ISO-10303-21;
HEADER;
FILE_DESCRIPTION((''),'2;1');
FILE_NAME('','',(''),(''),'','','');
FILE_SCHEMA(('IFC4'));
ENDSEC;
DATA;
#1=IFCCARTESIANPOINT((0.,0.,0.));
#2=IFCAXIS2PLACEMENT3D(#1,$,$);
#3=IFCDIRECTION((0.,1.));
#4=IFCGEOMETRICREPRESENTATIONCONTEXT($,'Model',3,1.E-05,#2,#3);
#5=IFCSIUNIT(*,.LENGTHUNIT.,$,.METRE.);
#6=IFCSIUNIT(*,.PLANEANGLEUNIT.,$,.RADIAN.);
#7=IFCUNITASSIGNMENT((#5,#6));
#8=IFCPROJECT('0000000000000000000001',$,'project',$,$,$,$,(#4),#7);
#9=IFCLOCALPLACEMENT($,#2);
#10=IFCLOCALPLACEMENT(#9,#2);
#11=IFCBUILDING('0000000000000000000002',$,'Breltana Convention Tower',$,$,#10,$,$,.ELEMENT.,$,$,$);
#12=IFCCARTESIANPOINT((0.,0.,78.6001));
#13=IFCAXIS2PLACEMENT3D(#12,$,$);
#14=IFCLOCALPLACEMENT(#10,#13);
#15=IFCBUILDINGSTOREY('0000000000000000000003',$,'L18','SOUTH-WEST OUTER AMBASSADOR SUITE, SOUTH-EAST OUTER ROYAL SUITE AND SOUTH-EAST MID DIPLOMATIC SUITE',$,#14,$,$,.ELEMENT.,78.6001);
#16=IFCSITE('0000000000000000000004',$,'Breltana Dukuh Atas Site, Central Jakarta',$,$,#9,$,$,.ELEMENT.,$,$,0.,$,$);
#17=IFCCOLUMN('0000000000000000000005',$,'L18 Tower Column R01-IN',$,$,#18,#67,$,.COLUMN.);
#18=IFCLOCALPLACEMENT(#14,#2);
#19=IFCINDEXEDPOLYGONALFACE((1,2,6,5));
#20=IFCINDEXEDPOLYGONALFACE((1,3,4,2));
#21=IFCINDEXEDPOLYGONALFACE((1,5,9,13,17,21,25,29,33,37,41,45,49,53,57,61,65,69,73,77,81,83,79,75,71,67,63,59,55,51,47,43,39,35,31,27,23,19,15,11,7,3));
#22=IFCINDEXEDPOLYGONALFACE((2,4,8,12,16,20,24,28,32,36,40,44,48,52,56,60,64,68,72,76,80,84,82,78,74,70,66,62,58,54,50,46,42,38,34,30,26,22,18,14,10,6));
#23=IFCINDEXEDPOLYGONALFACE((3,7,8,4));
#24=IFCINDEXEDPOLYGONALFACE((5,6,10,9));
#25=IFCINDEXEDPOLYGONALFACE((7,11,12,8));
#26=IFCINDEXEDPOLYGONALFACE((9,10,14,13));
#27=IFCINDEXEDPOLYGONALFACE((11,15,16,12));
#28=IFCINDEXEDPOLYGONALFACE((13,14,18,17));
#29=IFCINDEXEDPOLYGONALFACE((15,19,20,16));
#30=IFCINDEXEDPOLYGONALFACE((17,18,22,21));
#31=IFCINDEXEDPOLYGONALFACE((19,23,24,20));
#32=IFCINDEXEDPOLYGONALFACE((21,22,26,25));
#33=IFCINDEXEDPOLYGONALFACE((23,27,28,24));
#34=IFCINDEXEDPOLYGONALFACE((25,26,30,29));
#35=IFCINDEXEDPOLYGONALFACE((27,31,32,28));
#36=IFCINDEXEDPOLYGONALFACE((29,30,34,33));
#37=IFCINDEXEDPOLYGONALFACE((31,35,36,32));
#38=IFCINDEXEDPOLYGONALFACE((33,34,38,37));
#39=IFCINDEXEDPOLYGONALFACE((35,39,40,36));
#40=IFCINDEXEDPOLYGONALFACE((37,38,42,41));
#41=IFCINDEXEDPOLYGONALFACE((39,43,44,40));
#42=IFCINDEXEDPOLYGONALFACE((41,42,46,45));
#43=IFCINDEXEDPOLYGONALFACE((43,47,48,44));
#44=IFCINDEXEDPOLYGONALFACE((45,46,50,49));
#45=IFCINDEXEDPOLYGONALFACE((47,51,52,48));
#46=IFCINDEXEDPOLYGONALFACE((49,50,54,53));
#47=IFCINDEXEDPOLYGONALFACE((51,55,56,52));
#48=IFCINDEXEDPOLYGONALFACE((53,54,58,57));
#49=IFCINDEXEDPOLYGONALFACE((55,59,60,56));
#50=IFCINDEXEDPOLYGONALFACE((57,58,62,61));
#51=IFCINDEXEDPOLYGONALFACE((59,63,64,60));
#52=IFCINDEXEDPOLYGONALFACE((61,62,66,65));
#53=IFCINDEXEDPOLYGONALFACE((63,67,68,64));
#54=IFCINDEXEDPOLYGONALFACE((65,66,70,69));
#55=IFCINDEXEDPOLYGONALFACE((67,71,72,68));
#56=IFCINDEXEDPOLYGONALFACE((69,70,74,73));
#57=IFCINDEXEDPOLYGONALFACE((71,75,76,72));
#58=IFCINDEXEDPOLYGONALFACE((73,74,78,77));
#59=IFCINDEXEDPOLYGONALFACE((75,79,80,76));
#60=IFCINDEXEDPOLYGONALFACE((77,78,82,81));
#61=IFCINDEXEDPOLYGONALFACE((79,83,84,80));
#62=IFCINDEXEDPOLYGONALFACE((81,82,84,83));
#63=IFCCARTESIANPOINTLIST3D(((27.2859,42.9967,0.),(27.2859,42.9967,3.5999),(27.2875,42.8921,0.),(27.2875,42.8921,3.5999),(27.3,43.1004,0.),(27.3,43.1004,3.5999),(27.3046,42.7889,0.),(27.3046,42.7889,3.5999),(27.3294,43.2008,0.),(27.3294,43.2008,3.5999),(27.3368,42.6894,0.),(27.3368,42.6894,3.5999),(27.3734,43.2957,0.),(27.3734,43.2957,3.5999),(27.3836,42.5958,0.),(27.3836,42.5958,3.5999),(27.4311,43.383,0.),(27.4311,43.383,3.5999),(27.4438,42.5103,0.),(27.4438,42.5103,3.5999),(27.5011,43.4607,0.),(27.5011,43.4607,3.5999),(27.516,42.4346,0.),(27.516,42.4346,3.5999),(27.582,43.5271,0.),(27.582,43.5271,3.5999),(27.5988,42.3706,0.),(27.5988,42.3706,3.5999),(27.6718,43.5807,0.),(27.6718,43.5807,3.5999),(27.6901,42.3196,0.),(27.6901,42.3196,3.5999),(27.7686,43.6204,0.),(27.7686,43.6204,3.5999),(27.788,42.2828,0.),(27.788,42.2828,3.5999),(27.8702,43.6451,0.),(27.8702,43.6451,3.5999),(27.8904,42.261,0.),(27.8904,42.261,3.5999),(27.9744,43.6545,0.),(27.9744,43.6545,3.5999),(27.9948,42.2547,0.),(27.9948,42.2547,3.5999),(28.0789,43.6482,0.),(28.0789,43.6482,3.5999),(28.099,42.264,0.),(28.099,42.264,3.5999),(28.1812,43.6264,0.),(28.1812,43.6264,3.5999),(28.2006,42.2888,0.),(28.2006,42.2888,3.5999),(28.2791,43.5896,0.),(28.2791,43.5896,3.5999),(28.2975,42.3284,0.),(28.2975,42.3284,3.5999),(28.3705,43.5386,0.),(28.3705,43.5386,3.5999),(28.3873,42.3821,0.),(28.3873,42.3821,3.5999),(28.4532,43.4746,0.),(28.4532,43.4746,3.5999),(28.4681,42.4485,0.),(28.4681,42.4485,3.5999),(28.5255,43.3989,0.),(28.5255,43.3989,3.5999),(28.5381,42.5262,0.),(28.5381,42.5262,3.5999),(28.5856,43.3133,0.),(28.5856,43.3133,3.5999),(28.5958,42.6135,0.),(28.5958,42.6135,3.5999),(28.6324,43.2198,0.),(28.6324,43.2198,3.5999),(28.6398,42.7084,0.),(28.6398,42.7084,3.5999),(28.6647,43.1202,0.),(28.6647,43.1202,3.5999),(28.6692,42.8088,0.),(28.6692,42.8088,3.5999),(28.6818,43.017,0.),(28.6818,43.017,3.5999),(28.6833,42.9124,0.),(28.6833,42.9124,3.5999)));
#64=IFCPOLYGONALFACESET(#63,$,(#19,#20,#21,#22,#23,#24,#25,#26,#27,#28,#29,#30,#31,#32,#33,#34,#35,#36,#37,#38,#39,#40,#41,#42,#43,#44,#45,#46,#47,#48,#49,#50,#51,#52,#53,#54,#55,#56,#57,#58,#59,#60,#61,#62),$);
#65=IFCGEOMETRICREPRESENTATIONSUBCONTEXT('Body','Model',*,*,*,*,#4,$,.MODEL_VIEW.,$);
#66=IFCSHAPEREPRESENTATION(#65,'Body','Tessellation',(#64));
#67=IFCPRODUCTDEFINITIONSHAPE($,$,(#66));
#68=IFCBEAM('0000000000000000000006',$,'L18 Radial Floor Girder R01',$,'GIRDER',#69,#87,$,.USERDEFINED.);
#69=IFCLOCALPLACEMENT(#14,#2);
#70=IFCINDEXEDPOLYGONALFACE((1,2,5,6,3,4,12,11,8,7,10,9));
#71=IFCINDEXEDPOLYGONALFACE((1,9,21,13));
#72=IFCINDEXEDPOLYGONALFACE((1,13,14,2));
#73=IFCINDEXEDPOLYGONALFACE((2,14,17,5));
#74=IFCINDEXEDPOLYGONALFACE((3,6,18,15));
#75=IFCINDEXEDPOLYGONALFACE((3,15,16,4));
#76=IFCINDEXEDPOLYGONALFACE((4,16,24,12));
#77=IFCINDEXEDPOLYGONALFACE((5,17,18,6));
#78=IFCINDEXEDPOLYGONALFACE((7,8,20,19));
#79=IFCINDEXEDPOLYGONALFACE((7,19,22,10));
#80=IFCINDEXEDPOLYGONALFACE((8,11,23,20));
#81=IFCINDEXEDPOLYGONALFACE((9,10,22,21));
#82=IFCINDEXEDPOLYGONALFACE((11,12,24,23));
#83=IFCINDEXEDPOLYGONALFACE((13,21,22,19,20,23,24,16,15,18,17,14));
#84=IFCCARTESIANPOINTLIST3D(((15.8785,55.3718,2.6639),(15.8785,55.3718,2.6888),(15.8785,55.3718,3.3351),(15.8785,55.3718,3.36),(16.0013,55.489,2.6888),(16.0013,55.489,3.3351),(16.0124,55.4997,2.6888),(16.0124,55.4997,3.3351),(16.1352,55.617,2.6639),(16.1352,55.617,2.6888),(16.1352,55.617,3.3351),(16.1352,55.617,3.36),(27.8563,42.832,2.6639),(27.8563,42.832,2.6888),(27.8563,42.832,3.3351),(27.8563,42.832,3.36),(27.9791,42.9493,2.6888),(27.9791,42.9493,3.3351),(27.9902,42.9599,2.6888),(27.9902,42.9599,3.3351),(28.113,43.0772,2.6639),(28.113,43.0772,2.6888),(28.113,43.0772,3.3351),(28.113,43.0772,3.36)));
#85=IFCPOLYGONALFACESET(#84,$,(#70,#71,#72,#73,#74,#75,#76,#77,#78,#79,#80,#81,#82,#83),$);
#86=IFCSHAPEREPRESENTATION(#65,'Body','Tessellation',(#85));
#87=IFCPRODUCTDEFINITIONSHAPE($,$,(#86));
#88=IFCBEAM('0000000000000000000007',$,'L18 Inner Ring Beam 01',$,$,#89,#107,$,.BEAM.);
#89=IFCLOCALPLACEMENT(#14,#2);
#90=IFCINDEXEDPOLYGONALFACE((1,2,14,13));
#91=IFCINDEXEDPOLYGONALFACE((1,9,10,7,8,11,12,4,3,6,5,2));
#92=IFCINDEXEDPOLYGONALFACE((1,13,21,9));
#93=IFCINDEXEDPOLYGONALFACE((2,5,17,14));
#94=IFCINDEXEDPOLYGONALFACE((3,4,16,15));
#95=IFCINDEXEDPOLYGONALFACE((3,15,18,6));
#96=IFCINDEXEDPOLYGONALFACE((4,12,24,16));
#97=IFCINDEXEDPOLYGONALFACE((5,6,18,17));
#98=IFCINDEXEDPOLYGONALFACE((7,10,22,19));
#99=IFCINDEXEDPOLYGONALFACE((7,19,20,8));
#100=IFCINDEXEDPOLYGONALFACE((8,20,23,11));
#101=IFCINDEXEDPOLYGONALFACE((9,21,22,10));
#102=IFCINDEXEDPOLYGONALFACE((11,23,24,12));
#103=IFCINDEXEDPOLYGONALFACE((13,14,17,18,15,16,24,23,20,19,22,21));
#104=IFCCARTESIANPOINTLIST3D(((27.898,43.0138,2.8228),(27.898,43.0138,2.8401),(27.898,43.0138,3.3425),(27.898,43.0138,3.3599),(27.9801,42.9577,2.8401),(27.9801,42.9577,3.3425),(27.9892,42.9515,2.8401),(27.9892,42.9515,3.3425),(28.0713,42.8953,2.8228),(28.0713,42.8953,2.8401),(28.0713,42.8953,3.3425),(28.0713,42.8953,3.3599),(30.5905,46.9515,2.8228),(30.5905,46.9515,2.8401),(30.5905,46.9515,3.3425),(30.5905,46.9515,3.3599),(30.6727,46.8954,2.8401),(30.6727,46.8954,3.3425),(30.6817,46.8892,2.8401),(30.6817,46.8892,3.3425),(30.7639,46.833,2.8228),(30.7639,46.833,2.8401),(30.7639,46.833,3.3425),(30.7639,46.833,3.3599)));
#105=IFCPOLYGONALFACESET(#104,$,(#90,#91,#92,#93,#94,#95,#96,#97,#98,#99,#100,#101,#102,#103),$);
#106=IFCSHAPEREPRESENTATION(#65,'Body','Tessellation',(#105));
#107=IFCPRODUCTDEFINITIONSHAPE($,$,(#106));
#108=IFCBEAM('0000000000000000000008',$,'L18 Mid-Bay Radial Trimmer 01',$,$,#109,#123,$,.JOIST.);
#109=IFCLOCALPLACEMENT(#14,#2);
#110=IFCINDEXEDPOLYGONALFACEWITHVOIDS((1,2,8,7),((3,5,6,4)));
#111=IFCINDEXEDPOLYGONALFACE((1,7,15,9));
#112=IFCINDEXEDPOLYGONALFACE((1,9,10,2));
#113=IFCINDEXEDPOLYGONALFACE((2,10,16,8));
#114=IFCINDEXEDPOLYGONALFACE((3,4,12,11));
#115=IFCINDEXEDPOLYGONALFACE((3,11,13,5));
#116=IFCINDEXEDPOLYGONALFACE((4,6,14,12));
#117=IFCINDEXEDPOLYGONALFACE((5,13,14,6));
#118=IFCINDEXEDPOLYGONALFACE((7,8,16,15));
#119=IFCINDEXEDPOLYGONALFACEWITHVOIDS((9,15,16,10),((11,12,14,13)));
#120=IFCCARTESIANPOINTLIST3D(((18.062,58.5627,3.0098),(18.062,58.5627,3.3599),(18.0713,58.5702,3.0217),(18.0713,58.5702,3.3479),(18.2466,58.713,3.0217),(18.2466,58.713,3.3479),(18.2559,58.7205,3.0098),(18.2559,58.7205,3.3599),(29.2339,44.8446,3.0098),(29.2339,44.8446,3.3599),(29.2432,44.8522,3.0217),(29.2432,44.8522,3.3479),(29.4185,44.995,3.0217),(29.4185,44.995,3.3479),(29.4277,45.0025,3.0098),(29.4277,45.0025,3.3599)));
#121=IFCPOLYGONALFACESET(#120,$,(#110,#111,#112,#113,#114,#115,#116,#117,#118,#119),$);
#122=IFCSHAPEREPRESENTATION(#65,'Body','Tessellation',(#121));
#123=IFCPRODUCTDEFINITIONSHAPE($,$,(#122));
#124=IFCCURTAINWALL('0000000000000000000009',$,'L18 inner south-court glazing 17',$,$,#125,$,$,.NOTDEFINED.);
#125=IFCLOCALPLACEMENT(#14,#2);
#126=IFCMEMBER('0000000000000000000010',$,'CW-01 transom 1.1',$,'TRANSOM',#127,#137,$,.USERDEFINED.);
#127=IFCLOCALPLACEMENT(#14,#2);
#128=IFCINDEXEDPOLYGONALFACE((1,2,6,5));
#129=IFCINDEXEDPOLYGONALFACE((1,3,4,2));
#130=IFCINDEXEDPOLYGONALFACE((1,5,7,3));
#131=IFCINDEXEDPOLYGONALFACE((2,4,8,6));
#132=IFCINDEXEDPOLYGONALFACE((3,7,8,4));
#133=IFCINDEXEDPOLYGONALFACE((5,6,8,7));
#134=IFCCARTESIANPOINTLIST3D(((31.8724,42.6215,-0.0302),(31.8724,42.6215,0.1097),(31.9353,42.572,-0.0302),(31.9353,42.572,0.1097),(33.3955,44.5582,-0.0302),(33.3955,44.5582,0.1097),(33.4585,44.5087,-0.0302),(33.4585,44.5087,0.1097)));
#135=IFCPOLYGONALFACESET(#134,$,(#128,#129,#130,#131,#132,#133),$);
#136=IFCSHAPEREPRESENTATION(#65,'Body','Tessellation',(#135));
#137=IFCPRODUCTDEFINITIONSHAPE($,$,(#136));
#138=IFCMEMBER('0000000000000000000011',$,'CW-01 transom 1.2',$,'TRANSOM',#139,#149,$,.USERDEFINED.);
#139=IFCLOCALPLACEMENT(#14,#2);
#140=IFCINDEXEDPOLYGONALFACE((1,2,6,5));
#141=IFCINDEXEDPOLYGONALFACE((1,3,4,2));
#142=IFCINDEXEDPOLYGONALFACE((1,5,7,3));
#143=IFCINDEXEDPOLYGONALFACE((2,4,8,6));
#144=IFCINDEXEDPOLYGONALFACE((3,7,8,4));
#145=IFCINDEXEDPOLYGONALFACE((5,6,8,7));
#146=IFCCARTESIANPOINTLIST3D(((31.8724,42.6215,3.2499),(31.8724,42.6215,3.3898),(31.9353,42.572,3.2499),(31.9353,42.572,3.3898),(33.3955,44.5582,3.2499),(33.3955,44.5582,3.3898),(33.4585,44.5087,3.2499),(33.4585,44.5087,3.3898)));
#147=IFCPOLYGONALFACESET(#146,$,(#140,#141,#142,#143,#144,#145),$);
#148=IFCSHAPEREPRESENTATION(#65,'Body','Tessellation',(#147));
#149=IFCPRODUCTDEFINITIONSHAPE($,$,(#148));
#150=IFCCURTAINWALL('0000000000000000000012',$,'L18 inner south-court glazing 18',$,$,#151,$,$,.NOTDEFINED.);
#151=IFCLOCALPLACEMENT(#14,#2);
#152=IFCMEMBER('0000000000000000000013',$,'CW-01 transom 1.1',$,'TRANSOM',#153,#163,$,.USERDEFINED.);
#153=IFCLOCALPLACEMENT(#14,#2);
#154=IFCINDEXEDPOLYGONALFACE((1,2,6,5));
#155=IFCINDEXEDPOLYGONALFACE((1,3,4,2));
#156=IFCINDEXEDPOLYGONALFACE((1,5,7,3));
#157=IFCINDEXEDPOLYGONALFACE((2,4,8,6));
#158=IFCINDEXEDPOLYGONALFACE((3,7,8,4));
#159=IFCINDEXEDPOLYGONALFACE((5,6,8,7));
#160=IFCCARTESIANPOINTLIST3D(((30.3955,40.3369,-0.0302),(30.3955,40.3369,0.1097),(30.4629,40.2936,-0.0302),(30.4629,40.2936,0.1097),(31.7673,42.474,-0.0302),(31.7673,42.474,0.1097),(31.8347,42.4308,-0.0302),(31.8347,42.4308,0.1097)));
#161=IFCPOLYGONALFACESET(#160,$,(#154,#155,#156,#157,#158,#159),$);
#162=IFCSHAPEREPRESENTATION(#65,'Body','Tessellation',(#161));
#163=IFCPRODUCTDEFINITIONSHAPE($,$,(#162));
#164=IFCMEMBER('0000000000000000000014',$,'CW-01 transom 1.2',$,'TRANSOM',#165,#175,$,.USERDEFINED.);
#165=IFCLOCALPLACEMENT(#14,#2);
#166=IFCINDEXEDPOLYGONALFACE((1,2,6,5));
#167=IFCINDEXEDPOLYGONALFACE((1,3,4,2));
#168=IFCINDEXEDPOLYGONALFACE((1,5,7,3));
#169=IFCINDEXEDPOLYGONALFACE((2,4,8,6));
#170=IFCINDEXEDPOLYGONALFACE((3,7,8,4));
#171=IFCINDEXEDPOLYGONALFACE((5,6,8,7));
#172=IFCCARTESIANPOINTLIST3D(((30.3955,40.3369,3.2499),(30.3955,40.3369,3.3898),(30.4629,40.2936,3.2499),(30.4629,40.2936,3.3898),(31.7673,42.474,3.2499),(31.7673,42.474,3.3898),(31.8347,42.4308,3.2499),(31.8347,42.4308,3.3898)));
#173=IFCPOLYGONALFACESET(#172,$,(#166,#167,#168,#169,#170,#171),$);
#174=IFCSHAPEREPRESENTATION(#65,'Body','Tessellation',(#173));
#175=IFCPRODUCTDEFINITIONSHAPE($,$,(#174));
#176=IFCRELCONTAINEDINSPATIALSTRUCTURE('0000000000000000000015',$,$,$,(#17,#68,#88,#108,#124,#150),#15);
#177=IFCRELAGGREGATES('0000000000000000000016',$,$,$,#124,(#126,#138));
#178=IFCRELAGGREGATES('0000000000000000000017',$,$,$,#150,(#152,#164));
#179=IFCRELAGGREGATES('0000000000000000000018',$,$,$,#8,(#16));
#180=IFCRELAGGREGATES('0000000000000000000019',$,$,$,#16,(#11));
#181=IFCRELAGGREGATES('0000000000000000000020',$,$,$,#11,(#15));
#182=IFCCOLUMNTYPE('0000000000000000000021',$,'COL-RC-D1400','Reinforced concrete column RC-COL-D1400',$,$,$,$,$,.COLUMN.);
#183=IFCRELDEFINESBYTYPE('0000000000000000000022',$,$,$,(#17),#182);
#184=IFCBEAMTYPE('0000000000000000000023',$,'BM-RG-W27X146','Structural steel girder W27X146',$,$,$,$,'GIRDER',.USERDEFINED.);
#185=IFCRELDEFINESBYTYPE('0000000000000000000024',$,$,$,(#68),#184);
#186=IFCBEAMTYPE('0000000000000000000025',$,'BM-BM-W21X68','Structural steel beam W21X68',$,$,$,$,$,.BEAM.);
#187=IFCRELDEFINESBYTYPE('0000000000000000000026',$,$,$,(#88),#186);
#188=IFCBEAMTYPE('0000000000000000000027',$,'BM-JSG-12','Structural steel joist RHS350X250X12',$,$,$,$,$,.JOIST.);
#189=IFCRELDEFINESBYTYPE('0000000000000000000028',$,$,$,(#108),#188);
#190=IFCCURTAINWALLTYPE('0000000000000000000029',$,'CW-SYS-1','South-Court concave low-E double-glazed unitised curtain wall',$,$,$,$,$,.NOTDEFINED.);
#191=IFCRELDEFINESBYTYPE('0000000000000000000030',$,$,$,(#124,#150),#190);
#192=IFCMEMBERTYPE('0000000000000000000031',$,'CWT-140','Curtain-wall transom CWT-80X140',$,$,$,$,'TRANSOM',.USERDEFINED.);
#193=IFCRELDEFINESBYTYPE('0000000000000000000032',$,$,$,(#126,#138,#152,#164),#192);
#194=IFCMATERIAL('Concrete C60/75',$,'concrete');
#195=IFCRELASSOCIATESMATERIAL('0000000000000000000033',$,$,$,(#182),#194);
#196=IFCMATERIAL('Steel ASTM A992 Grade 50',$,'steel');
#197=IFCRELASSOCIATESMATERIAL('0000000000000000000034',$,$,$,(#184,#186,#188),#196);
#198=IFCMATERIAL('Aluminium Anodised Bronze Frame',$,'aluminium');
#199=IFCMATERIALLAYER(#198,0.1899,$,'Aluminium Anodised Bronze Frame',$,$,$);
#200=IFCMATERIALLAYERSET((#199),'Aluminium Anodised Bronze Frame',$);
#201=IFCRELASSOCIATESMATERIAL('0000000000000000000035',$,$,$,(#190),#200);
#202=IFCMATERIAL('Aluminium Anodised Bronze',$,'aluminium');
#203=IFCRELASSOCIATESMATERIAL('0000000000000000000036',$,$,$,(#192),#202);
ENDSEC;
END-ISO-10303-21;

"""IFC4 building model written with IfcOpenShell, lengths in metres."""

from ifc_helpers import new_model, si_unit, direction, frame, origin, origin_2d, place, context, subcontext, project, spatial, rectangle, hollow_rectangle, circle, i_section, extrude, source, transform, mapped, material, layer, layer_set, material_profile, profile_set, type_object, type_shapes, element, aggregate, save


model = new_model("IFC4")

# Units and contexts
model_context = context("Model", 3, precision=1e-05, world=origin(), true_north=direction((0.0, 1.0)))
body_context = subcontext(model_context, "Body", "Model", "MODEL_VIEW")
ifc_project = project(units=[si_unit("LENGTHUNIT", "METRE"), si_unit("PLANEANGLEUNIT", "RADIAN")], contexts=[model_context])

# Site, building, storey
site_placement = place(None, origin())
site = spatial("IfcSite", under=ifc_project, at=site_placement, Name="Breltana Dukuh Atas Site, Central Jakarta", CompositionType="ELEMENT", RefElevation=0.0)
building_placement = place(site_placement, origin())
building = spatial("IfcBuilding", under=site, at=building_placement, Name="Breltana Convention Tower", CompositionType="ELEMENT")
storey_placement = place(building_placement, frame((0.0, 0.0, 78.6001)))
storey = spatial("IfcBuildingStorey", under=building, at=storey_placement, Name="L18", Description="SOUTH-WEST OUTER AMBASSADOR SUITE, SOUTH-EAST OUTER ROYAL SUITE AND SOUTH-EAST MID DIPLOMATIC SUITE", CompositionType="ELEMENT", Elevation=78.6001)

# Column
ifc_material_1 = material(Name="Concrete C60/75", Category="concrete")
ifc_material_profile_1 = material_profile(ifc_material_1, circle(Radius=0.7, at=origin_2d()), Name="RC-COL-D1400")
ifc_profile_set_1 = profile_set([ifc_material_profile_1], Name="Concrete C60/75")
column_type = type_object("IfcColumnType", Name="COL-RC-D1400", Description="Reinforced concrete column RC-COL-D1400", PredefinedType="COLUMN", material=ifc_profile_set_1)
shared_shape_1 = source(origin(), body_context, "Body", "SweptSolid", [
    extrude(circle(Radius=0.7, at=origin_2d()), origin(), (0.0, 0.0, 1.0), 3.5999),
])
column_placement = place(storey_placement, frame((27.9846, 42.9546, 0.0), z_axis=(0.0, 0.0, 1.0), x_axis=(-0.690756, 0.723088, 0.0)))
element("IfcColumn", 1, at=column_placement, inside=storey, type_object=column_type, Name="L18 Tower Column R01-IN", PredefinedType="COLUMN", context=body_context, shape_type="MappedRepresentation", body=[
    mapped(shared_shape_1, transform((0.0, 0.0, 0.0), scale=1.0)),
])

# Beams
ifc_material_2 = material(Name="Steel ASTM A992 Grade 50", Category="steel")
ifc_material_profile_2 = material_profile(ifc_material_2, i_section(OverallWidth=0.355, OverallDepth=0.696, WebThickness=0.0154, FlangeThickness=0.0249, at=origin_2d()), Name="W27X146")
ifc_profile_set_2 = profile_set([ifc_material_profile_2], Name="Steel ASTM A992 Grade 50")
beam_type_1 = type_object("IfcBeamType", Name="BM-RG-W27X146", Description="Structural steel girder W27X146", ElementType="GIRDER", PredefinedType="USERDEFINED", material=ifc_profile_set_2)
shared_shape_2 = source(origin(), body_context, "Body", "SweptSolid", [
    extrude(i_section(OverallWidth=0.355, OverallDepth=0.696, WebThickness=0.0154, FlangeThickness=0.0249, at=origin_2d()), origin(), (0.0, 0.0, 1.0), 17.3411),
])
type_shapes(beam_type_1, [shared_shape_2])
beam_1_placement = place(storey_placement, frame((27.9846, 42.9546, 3.012), z_axis=(-0.690716, 0.723126, 0.0), x_axis=(-0.723126, -0.690716, 0.0)))
element("IfcBeam", 2, at=beam_1_placement, inside=storey, type_object=beam_type_1, Name="L18 Radial Floor Girder R01", ObjectType="GIRDER", PredefinedType="USERDEFINED", context=body_context, shape_type="MappedRepresentation", body=[
    mapped(shared_shape_2, transform((0.0, 0.0, 0.0), scale=1.0)),
])
ifc_material_profile_3 = material_profile(ifc_material_2, i_section(OverallWidth=0.21, OverallDepth=0.5371, WebThickness=0.011, FlangeThickness=0.0173, at=origin_2d()), Name="W21X68")
ifc_profile_set_3 = profile_set([ifc_material_profile_3], Name="Steel ASTM A992 Grade 50")
beam_type_2 = type_object("IfcBeamType", Name="BM-BM-W21X68", Description="Structural steel beam W21X68", PredefinedType="BEAM", material=ifc_profile_set_3)
shared_shape_3 = source(origin(), body_context, "Body", "SweptSolid", [
    extrude(i_section(OverallWidth=0.21, OverallDepth=0.5371, WebThickness=0.011, FlangeThickness=0.0173, at=origin_2d()), origin(), (0.0, 0.0, 1.0), 4.7703),
])
beam_2_placement = place(storey_placement, frame((27.9846, 42.9546, 3.0913), z_axis=(0.564453, 0.825465, 0.0), x_axis=(-0.825465, 0.564453, 0.0)))
element("IfcBeam", 3, at=beam_2_placement, inside=storey, type_object=beam_type_2, Name="L18 Inner Ring Beam 01", PredefinedType="BEAM", context=body_context, shape_type="MappedRepresentation", body=[
    mapped(shared_shape_3, transform((0.0, 0.0, 0.0), scale=1.0)),
])
ifc_material_profile_4 = material_profile(ifc_material_2, hollow_rectangle(XDim=0.25, YDim=0.3501, WallThickness=0.012, at=origin_2d()), Name="RHS350X250X12")
ifc_profile_set_4 = profile_set([ifc_material_profile_4], Name="Steel ASTM A992 Grade 50")
beam_type_3 = type_object("IfcBeamType", Name="BM-JSG-12", Description="Structural steel joist RHS350X250X12", PredefinedType="JOIST", material=ifc_profile_set_4)
shared_shape_4 = source(origin(), body_context, "Body", "SweptSolid", [
    extrude(hollow_rectangle(XDim=0.25, YDim=0.3501, WallThickness=0.012, at=origin_2d()), origin(), (0.0, 0.0, 1.0), 17.6917),
])
type_shapes(beam_type_3, [shared_shape_4])
beam_3_placement = place(storey_placement, frame((29.3308, 44.9236, 3.1848), z_axis=(-0.631477, 0.775395, 0.0), x_axis=(-0.775395, -0.631477, 0.0)))
element("IfcBeam", 4, at=beam_3_placement, inside=storey, type_object=beam_type_3, Name="L18 Mid-Bay Radial Trimmer 01", PredefinedType="JOIST", context=body_context, shape_type="MappedRepresentation", body=[
    mapped(shared_shape_4, transform((0.0, 0.0, 0.0), scale=1.0)),
])

# Curtain walls, members
ifc_material_3 = material(Name="Aluminium Anodised Bronze Frame", Category="aluminium")
ifc_layer_1 = layer(ifc_material_3, 0.1899, Name="Aluminium Anodised Bronze Frame")
ifc_layer_set_1 = layer_set([ifc_layer_1], Name="Aluminium Anodised Bronze Frame")
curtain_wall_type = type_object("IfcCurtainWallType", Name="CW-SYS-1", Description="South-Court concave low-E double-glazed unitised curtain wall", PredefinedType="NOTDEFINED", material=ifc_layer_set_1)
curtain_wall_1_placement = place(storey_placement, origin())
curtain_wall_1 = element("IfcCurtainWall", 5, at=curtain_wall_1_placement, inside=storey, type_object=curtain_wall_type, Name="L18 inner south-court glazing 17", PredefinedType="NOTDEFINED")
ifc_material_4 = material(Name="Aluminium Anodised Bronze", Category="aluminium")
ifc_material_profile_5 = material_profile(ifc_material_4, rectangle(XDim=0.0801, YDim=0.1399, at=origin_2d()), Name="CWT-80X140")
ifc_profile_set_5 = profile_set([ifc_material_profile_5], Name="Aluminium Anodised Bronze")
member_type_1 = type_object("IfcMemberType", Name="CWT-140", Description="Curtain-wall transom CWT-80X140", ElementType="TRANSOM", PredefinedType="USERDEFINED", material=ifc_profile_set_5)
shared_shape_5 = source(origin(), body_context, "Body", "SweptSolid", [
    extrude(rectangle(XDim=0.0801, YDim=0.1399, at=origin_2d()), origin(), (0.0, 0.0, 1.0), 2.4639),
])
member_1_placement = place(storey_placement, frame((33.427, 44.5334, 0.0398), z_axis=(-0.618185, -0.786033, 0.0), x_axis=(0.786033, -0.618185, 0.0)))
member_1 = element("IfcMember", 6, at=member_1_placement, type_object=member_type_1, Name="CW-01 transom 1.1", ObjectType="TRANSOM", PredefinedType="USERDEFINED", context=body_context, shape_type="MappedRepresentation", body=[
    mapped(shared_shape_5, transform((0.0, 0.0, 0.0), scale=1.0)),
])
member_2_placement = place(storey_placement, frame((33.427, 44.5334, 3.3198), z_axis=(-0.618185, -0.786033, 0.0), x_axis=(0.786033, -0.618185, 0.0)))
member_2 = element("IfcMember", 7, at=member_2_placement, type_object=member_type_1, Name="CW-01 transom 1.2", ObjectType="TRANSOM", PredefinedType="USERDEFINED", context=body_context, shape_type="MappedRepresentation", body=[
    mapped(shared_shape_5, transform((0.0, 0.0, 0.0), scale=1.0)),
])
curtain_wall_2_placement = place(storey_placement, origin())
curtain_wall_2 = element("IfcCurtainWall", 8, at=curtain_wall_2_placement, inside=storey, type_object=curtain_wall_type, Name="L18 inner south-court glazing 18", PredefinedType="NOTDEFINED")
shared_shape_6 = source(origin(), body_context, "Body", "SweptSolid", [
    extrude(rectangle(XDim=0.0801, YDim=0.1399, at=origin_2d()), origin(), (0.0, 0.0, 1.0), 2.5396),
])
member_3_placement = place(storey_placement, frame((31.801, 42.4524, 0.0398), z_axis=(-0.540174, -0.841553, 0.0), x_axis=(0.841553, -0.540174, 0.0)))
member_3 = element("IfcMember", 9, at=member_3_placement, type_object=member_type_1, Name="CW-01 transom 1.1", ObjectType="TRANSOM", PredefinedType="USERDEFINED", context=body_context, shape_type="MappedRepresentation", body=[
    mapped(shared_shape_6, transform((0.0, 0.0, 0.0), scale=1.0)),
])
member_4_placement = place(storey_placement, frame((31.801, 42.4524, 3.3198), z_axis=(-0.540174, -0.841553, 0.0), x_axis=(0.841553, -0.540174, 0.0)))
member_4 = element("IfcMember", 10, at=member_4_placement, type_object=member_type_1, Name="CW-01 transom 1.2", ObjectType="TRANSOM", PredefinedType="USERDEFINED", context=body_context, shape_type="MappedRepresentation", body=[
    mapped(shared_shape_6, transform((0.0, 0.0, 0.0), scale=1.0)),
])

aggregate(curtain_wall_1, [member_1, member_2])
aggregate(curtain_wall_2, [member_3, member_4])

save(model, "model.ifc")
